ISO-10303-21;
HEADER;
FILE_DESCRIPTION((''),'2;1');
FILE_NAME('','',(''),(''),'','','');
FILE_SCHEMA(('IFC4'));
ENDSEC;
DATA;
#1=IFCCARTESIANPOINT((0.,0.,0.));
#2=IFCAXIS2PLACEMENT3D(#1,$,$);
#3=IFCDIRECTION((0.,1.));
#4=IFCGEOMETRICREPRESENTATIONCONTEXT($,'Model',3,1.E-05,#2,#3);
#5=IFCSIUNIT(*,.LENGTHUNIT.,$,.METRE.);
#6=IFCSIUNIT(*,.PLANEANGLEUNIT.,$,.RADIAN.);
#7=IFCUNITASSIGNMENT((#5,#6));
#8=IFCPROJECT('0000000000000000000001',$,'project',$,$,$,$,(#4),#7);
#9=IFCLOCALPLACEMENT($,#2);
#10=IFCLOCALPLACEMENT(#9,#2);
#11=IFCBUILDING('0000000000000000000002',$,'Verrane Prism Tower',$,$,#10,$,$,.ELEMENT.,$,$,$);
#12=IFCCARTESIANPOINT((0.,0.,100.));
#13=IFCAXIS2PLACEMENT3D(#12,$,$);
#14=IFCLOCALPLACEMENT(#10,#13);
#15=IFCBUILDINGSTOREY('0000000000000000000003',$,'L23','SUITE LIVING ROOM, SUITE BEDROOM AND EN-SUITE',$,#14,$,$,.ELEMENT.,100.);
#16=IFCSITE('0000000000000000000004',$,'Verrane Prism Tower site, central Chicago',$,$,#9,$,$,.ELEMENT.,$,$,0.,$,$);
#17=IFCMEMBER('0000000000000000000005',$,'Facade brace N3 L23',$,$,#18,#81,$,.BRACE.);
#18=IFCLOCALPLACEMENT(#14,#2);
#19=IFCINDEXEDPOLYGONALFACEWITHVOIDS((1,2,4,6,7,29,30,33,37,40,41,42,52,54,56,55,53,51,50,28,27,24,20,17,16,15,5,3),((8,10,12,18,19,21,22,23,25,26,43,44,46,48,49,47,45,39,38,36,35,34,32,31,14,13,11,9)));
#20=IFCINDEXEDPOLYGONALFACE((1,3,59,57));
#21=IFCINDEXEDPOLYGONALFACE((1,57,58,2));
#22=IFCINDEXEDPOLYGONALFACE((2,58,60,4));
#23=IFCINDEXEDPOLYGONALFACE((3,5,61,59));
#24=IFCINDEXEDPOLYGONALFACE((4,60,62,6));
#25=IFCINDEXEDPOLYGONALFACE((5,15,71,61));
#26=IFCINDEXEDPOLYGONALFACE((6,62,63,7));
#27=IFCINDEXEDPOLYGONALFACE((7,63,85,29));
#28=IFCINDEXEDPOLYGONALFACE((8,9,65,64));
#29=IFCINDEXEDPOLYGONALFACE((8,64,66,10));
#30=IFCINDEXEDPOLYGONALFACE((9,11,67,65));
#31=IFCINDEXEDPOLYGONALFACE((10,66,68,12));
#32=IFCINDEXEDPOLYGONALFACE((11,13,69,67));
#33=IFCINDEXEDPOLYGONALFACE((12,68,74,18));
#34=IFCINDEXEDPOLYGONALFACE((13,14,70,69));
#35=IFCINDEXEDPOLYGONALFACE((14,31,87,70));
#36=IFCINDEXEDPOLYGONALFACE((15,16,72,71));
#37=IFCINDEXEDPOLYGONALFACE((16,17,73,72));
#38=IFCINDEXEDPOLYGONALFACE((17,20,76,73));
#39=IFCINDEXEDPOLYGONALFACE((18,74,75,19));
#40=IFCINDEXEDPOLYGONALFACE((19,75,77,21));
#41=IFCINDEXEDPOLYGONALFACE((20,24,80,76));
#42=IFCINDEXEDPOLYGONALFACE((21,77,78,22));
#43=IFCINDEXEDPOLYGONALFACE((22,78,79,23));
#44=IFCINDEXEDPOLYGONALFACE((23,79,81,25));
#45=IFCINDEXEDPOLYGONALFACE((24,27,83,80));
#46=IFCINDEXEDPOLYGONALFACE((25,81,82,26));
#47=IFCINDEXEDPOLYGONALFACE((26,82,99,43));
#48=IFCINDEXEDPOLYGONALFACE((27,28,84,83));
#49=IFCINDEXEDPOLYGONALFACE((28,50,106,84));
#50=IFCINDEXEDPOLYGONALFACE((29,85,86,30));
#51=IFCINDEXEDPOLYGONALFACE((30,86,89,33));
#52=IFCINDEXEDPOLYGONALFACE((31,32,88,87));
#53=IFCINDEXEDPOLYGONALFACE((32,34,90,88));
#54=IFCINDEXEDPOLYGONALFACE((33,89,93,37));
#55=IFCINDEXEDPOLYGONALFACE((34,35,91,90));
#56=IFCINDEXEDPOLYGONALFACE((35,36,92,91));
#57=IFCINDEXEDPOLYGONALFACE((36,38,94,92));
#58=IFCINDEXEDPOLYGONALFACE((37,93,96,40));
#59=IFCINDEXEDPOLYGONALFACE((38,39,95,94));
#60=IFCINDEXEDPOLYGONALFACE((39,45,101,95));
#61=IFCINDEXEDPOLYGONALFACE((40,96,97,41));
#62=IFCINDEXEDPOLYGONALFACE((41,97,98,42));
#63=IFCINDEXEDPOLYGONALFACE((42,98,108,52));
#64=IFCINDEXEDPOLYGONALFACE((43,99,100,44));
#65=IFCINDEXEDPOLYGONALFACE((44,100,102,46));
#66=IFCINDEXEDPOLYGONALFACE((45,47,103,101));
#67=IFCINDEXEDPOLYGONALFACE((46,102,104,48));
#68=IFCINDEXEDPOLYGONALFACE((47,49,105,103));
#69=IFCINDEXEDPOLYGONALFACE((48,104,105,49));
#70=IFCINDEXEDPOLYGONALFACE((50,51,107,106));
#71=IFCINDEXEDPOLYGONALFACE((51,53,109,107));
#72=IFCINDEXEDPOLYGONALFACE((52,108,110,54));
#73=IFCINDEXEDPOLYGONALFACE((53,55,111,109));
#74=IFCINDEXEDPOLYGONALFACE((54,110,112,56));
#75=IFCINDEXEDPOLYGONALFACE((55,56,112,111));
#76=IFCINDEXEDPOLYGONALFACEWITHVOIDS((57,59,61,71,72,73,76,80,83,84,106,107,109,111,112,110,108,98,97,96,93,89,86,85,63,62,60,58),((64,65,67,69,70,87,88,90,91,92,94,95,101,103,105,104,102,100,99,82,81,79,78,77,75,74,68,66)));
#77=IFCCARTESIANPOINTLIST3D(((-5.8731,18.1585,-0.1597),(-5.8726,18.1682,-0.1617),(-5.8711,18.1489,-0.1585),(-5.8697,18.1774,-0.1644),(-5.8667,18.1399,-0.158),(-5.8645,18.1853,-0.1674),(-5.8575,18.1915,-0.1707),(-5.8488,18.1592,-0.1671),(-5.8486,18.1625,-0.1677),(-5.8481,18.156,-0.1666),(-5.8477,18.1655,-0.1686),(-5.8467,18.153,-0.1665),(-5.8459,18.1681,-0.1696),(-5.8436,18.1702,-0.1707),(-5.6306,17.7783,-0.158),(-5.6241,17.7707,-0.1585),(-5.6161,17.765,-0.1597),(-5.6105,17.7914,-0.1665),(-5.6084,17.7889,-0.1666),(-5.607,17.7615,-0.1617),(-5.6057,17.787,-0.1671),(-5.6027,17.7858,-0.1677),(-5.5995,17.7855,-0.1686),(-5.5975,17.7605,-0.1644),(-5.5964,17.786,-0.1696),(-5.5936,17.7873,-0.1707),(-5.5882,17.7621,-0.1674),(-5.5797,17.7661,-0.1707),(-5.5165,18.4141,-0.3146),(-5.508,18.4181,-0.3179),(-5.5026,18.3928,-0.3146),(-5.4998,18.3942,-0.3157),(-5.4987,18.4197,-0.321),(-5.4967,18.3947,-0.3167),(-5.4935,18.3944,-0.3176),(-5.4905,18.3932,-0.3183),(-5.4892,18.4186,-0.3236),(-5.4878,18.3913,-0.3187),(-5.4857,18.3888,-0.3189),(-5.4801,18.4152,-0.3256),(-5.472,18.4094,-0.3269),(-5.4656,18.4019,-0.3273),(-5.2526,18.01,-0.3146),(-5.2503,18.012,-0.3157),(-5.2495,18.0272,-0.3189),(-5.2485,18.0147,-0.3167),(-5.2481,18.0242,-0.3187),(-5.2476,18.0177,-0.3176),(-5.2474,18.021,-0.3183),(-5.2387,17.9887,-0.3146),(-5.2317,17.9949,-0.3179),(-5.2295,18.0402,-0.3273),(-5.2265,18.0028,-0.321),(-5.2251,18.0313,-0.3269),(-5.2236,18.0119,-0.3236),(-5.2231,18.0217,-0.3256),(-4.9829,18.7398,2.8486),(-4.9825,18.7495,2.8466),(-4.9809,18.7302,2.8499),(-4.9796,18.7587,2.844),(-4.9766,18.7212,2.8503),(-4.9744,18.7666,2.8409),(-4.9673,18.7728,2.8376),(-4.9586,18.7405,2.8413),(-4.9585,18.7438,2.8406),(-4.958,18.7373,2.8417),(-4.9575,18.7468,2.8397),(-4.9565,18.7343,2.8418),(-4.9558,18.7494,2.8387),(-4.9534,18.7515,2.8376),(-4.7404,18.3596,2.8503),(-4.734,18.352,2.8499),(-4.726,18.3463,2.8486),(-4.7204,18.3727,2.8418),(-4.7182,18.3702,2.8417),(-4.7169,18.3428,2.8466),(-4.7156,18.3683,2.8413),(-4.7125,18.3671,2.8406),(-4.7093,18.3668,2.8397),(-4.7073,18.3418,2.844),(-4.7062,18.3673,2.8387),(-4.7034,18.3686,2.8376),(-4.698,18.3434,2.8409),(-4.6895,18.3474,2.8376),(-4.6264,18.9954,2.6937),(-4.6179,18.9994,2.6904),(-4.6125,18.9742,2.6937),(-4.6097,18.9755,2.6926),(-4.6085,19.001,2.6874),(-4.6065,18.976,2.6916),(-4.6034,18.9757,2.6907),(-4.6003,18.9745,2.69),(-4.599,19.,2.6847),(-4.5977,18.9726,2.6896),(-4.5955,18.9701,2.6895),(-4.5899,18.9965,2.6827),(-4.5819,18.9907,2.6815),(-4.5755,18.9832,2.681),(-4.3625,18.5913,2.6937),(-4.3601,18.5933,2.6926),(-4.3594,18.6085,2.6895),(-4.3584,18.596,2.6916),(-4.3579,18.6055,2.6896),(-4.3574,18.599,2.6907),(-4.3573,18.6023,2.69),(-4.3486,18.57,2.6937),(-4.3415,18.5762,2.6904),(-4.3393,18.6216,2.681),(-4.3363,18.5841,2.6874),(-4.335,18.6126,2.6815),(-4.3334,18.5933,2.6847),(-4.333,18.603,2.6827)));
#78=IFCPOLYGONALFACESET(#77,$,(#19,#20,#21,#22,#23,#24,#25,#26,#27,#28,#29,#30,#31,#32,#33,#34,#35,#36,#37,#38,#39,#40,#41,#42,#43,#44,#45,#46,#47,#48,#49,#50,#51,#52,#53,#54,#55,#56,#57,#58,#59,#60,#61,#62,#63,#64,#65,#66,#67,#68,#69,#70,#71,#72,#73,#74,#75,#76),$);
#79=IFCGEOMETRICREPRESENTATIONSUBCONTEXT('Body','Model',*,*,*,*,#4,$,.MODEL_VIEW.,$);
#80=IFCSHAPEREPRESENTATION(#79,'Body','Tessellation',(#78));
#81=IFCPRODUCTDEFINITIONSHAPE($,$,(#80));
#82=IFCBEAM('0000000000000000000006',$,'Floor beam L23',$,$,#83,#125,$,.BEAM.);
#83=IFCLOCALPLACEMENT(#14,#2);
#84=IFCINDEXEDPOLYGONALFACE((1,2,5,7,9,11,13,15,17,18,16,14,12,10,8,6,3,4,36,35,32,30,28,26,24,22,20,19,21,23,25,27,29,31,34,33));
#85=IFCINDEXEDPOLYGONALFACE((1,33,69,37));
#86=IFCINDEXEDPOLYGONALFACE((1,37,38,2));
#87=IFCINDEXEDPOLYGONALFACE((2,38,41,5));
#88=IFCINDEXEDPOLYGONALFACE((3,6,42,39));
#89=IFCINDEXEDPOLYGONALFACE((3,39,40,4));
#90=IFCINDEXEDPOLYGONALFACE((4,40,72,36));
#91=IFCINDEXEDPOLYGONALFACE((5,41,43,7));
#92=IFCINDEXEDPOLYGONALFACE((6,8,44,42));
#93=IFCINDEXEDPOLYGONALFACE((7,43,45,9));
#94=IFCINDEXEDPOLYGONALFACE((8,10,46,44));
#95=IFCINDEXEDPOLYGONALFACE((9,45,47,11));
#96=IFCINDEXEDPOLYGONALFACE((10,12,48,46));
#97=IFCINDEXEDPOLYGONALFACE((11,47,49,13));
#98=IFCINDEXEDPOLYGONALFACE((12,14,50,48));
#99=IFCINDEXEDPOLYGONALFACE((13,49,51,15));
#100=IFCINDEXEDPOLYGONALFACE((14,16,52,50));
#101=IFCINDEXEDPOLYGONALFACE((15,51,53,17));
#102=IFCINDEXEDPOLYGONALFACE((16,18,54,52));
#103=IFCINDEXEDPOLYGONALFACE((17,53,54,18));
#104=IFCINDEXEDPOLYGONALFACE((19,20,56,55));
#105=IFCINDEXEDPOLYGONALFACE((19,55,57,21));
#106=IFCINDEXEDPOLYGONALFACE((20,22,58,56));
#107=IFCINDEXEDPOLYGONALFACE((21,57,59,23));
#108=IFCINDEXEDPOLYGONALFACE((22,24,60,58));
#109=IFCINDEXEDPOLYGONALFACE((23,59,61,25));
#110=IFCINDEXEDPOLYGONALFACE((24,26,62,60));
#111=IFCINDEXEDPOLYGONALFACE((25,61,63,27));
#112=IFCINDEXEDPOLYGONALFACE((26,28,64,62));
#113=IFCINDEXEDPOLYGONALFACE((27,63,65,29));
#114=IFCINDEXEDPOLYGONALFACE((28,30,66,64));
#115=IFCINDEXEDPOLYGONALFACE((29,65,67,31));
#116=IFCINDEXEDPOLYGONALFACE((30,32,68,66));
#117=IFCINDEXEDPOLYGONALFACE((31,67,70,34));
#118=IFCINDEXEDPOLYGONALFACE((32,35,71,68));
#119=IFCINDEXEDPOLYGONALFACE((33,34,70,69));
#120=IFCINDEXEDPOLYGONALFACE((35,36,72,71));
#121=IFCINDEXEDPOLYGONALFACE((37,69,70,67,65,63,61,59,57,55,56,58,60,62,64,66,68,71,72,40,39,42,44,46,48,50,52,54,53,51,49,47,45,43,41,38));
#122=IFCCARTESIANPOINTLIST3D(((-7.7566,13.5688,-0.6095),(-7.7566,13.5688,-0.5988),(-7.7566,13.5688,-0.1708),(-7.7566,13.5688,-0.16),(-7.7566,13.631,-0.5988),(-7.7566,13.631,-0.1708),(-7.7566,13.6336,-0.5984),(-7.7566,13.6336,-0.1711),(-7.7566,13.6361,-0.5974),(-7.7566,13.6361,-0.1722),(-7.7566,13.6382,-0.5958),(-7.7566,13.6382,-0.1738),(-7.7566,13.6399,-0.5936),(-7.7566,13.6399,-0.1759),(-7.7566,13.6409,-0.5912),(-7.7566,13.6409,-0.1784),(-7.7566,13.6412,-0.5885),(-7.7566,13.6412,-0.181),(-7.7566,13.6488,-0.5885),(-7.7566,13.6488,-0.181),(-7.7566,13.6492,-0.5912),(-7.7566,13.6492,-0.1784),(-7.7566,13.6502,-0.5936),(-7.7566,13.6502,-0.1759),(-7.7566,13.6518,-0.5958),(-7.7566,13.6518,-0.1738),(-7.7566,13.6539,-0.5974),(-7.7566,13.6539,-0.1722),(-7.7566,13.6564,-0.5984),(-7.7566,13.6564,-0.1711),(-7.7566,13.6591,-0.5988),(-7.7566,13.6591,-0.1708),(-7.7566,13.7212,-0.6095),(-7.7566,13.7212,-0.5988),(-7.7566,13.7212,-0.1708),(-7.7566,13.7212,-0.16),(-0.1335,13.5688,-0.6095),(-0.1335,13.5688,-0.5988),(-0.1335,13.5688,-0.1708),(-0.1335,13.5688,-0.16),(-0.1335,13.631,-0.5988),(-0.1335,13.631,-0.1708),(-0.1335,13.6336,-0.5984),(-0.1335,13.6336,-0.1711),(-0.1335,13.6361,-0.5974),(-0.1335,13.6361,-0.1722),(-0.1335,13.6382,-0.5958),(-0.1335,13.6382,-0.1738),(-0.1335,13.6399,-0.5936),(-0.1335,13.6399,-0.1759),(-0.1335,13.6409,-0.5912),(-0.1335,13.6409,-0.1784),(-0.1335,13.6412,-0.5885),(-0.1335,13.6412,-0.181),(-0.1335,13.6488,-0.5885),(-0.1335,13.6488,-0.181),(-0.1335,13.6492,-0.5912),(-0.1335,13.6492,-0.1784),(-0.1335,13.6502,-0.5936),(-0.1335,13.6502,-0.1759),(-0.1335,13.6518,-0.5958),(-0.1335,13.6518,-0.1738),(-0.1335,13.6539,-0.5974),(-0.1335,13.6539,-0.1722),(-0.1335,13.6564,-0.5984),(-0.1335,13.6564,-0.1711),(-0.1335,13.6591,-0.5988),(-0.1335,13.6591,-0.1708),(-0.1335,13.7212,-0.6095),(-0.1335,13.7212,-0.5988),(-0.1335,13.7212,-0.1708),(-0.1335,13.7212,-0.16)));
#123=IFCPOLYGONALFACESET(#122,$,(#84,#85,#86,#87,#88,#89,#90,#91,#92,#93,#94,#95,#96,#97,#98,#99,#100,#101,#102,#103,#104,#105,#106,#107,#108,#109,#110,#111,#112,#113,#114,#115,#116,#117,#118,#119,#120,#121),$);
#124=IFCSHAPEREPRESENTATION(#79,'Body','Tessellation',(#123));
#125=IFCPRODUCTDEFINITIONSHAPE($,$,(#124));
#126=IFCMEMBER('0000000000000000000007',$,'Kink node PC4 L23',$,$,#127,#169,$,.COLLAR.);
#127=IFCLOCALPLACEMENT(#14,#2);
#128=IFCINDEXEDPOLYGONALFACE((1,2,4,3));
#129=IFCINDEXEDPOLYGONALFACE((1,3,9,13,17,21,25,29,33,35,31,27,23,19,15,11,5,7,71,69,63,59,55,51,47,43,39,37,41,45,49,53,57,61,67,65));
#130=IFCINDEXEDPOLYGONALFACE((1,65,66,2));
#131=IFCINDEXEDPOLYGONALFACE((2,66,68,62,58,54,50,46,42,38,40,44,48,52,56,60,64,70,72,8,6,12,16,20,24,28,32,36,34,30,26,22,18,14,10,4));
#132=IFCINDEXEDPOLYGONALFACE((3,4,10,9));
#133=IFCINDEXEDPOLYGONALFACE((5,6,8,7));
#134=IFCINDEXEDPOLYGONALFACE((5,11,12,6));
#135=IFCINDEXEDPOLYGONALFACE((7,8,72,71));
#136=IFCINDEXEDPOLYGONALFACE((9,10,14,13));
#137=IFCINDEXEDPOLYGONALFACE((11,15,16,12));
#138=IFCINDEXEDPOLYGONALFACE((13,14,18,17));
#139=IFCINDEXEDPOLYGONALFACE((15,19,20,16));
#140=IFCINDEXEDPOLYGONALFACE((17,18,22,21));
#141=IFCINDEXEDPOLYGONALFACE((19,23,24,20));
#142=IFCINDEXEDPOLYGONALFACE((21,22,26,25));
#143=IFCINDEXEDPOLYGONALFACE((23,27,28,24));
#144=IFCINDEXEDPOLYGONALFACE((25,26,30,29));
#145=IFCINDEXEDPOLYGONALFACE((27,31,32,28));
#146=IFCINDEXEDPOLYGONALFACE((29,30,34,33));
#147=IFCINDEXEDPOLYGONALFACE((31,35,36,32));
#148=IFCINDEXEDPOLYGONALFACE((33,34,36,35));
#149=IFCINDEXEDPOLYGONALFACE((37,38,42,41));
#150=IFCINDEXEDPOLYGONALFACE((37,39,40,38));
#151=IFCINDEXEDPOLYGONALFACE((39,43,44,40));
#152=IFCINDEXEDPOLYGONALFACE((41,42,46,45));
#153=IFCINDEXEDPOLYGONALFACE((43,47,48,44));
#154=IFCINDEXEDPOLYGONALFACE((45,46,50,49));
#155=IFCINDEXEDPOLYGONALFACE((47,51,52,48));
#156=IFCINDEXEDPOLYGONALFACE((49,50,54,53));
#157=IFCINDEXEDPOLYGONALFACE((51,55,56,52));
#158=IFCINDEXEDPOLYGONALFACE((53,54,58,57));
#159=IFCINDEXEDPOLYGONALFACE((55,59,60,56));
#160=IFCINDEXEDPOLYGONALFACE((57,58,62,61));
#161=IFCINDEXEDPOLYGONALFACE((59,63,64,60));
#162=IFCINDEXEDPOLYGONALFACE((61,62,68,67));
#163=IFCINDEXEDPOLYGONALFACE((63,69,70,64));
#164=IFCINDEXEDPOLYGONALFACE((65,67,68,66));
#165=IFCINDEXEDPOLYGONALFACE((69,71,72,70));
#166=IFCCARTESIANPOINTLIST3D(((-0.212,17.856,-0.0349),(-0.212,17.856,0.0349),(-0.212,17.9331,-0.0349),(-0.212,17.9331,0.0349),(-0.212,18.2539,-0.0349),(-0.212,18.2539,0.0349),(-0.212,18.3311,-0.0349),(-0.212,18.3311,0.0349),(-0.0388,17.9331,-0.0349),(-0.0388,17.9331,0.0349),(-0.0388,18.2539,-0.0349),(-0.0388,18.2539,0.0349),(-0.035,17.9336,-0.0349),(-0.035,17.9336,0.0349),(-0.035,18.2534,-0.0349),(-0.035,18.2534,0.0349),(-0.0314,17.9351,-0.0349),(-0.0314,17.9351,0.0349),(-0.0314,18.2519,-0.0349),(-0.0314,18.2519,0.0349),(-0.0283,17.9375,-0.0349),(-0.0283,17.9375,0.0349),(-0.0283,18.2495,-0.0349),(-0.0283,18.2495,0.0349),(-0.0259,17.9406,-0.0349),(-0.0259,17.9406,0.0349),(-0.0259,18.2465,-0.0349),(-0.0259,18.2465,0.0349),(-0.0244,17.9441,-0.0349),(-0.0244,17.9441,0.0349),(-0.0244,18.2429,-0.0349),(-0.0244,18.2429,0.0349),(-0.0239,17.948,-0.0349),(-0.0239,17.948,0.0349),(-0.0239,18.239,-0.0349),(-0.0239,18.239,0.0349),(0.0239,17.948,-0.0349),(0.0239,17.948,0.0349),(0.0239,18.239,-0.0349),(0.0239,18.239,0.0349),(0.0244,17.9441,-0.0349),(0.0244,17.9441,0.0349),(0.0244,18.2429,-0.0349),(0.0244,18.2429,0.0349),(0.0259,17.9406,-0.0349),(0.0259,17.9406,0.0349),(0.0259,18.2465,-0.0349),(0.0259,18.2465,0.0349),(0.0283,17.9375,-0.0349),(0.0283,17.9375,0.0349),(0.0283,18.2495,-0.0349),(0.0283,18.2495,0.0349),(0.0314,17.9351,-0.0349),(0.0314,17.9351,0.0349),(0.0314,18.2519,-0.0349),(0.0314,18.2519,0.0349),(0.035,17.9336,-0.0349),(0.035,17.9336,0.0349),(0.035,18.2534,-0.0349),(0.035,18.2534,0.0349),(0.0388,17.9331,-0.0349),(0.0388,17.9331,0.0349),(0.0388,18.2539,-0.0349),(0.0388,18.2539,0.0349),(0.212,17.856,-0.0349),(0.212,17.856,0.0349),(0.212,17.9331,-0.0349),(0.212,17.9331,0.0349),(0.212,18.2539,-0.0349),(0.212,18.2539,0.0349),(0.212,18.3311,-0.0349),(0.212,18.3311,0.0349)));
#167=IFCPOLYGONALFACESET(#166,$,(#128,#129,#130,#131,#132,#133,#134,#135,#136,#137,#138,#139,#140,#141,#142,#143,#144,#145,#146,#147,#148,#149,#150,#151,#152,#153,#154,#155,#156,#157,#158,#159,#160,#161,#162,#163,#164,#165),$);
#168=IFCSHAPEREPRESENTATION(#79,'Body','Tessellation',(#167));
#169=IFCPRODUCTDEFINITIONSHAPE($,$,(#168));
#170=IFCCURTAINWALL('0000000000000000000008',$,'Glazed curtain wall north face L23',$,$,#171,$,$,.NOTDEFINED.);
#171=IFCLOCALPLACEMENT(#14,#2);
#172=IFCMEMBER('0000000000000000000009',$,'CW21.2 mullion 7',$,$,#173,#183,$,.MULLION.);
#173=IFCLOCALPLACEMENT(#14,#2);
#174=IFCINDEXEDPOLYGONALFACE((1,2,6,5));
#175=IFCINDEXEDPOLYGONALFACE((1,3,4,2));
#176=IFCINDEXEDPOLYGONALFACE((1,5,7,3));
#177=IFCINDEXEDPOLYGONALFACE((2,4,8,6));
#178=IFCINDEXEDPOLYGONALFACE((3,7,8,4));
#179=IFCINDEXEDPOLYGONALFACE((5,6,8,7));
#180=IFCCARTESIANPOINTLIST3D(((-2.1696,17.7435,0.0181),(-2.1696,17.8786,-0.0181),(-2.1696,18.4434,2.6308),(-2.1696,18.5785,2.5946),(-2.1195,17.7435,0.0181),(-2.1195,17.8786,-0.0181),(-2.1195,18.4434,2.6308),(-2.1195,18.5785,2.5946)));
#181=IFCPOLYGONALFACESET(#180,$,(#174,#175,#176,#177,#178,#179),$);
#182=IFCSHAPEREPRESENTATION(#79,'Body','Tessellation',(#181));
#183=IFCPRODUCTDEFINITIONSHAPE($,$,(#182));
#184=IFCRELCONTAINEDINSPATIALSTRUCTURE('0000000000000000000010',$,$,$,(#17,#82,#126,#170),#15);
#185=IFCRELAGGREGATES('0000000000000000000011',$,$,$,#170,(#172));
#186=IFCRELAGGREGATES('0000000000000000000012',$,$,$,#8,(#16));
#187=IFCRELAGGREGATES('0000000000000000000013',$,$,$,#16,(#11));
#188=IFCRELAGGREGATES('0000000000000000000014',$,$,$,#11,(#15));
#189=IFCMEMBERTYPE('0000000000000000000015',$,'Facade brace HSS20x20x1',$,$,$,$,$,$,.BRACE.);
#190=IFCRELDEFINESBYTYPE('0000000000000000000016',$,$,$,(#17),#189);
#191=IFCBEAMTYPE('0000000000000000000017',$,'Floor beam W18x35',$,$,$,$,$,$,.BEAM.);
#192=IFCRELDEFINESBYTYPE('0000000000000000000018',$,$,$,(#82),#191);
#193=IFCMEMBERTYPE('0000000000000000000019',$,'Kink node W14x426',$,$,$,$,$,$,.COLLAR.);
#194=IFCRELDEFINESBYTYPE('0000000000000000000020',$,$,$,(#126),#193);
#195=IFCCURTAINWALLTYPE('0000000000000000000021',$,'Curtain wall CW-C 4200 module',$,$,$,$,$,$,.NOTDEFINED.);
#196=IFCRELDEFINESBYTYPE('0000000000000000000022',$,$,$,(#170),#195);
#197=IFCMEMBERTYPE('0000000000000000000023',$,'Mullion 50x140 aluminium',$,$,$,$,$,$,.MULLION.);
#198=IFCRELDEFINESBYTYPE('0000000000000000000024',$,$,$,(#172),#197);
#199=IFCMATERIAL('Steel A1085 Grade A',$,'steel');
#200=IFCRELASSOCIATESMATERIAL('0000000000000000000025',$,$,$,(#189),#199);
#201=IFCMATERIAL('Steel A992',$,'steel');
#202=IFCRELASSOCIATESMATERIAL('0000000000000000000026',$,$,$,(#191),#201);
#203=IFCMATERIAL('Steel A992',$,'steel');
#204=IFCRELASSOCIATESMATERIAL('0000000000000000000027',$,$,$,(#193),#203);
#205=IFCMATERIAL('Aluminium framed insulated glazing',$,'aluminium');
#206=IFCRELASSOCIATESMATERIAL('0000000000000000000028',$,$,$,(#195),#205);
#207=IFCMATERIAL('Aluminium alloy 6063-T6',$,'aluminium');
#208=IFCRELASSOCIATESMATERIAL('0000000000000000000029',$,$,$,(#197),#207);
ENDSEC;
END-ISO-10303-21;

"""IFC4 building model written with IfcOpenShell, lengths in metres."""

from ifc_helpers import new_model, si_unit, direction, frame, origin, origin_2d, place, context, subcontext, project, spatial, rectangle, hollow_rectangle, i_section, extrude, material, material_profile, profile_set, type_object, element, aggregate, save


model = new_model("IFC4")

# Units and contexts
model_context = context("Model", 3, precision=1e-05, world=origin(), true_north=direction((0.0, 1.0)))
body_context = subcontext(model_context, "Body", "Model", "MODEL_VIEW")
ifc_project = project(units=[si_unit("LENGTHUNIT", "METRE"), si_unit("PLANEANGLEUNIT", "RADIAN")], contexts=[model_context])

# Site, building, storey
site_placement = place(None, origin())
site = spatial("IfcSite", under=ifc_project, at=site_placement, Name="Verrane Prism Tower site, central Chicago", CompositionType="ELEMENT", RefElevation=0.0)
building_placement = place(site_placement, origin())
building = spatial("IfcBuilding", under=site, at=building_placement, Name="Verrane Prism Tower", CompositionType="ELEMENT")
storey_placement = place(building_placement, frame((0.0, 0.0, 100.0)))
storey = spatial("IfcBuildingStorey", under=building, at=storey_placement, Name="L23", Description="SUITE LIVING ROOM, SUITE BEDROOM AND EN-SUITE", CompositionType="ELEMENT", Elevation=100.0)

# Member
ifc_material_1 = material(Name="Steel A1085 Grade A", Category="steel")
ifc_material_profile_1 = material_profile(ifc_material_1, hollow_rectangle(XDim=0.5081, YDim=0.5081, WallThickness=0.0254, InnerFilletRadius=0.0127, OuterFilletRadius=0.0381, at=origin_2d()), Name="HSS20x20x1")
ifc_profile_set_1 = profile_set([ifc_material_profile_1], Name="Steel A1085 Grade A")
member_type_1 = type_object("IfcMemberType", Name="Facade brace HSS20x20x1", PredefinedType="BRACE", material=ifc_profile_set_1)
member_1_placement = place(storey_placement, frame((-5.5481, 18.0901, -0.2427), z_axis=(0.278985, 0.182189, 0.942855), x_axis=(-0.546779, 0.837277, 0.0)))
element("IfcMember", 1, at=member_1_placement, inside=storey, type_object=member_type_1, Name="Facade brace N3 L23", PredefinedType="BRACE", context=body_context, shape_type="SweptSolid", body=[
    extrude(hollow_rectangle(XDim=0.5081, YDim=0.5081, WallThickness=0.0254, InnerFilletRadius=0.0127, OuterFilletRadius=0.0381, at=origin_2d()), origin(), (0.0, 0.0, 1.0), 3.1907),
])

# Beam
ifc_material_2 = material(Name="Steel A992", Category="steel")
ifc_material_profile_2 = material_profile(ifc_material_2, i_section(OverallWidth=0.1523, OverallDepth=0.4495, WebThickness=0.0076, FlangeThickness=0.0107, FilletRadius=0.0103, at=origin_2d()), Name="W18x35")
ifc_profile_set_2 = profile_set([ifc_material_profile_2], Name="Steel A992")
beam_type_1 = type_object("IfcBeamType", Name="Floor beam W18x35", PredefinedType="BEAM", material=ifc_profile_set_2)
beam_1_placement = place(storey_placement, frame((-7.7566, 13.645, -0.3848), z_axis=(1.0, 0.0, 0.0), x_axis=(0.0, 1.0, 0.0)))
element("IfcBeam", 2, at=beam_1_placement, inside=storey, type_object=beam_type_1, Name="Floor beam L23", PredefinedType="BEAM", context=body_context, shape_type="SweptSolid", body=[
    extrude(i_section(OverallWidth=0.1523, OverallDepth=0.4495, WebThickness=0.0076, FlangeThickness=0.0107, FilletRadius=0.0103, at=origin_2d()), origin(), (0.0, 0.0, 1.0), 7.623),
])

# Member
ifc_material_3 = material(Name="Steel A992", Category="steel")
ifc_material_profile_3 = material_profile(ifc_material_3, i_section(OverallWidth=0.4241, OverallDepth=0.4751, WebThickness=0.0479, FlangeThickness=0.0771, FilletRadius=0.0149, at=origin_2d()), Name="W14x426")
ifc_profile_set_3 = profile_set([ifc_material_profile_3], Name="Steel A992")
member_type_2 = type_object("IfcMemberType", Name="Kink node W14x426", PredefinedType="COLLAR", material=ifc_profile_set_3)
member_2_placement = place(storey_placement, frame((0.0, 18.0935, -0.0349), z_axis=(0.0, 0.0, 1.0), x_axis=(1.0, 0.0, 0.0)))
element("IfcMember", 3, at=member_2_placement, inside=storey, type_object=member_type_2, Name="Kink node PC4 L23", PredefinedType="COLLAR", context=body_context, shape_type="SweptSolid", body=[
    extrude(i_section(OverallWidth=0.4241, OverallDepth=0.4751, WebThickness=0.0479, FlangeThickness=0.0771, FilletRadius=0.0149, at=origin_2d()), origin(), (0.0, 0.0, 1.0), 0.0698),
])

# Curtain wall, member
ifc_material_4 = material(Name="Aluminium framed insulated glazing", Category="aluminium")
curtain_wall_type = type_object("IfcCurtainWallType", Name="Curtain wall CW-C 4200 module", PredefinedType="NOTDEFINED", material=ifc_material_4)
curtain_wall_placement = place(storey_placement, origin())
curtain_wall = element("IfcCurtainWall", 4, at=curtain_wall_placement, inside=storey, type_object=curtain_wall_type, Name="Glazed curtain wall north face L23", PredefinedType="NOTDEFINED")
ifc_material_5 = material(Name="Aluminium alloy 6063-T6", Category="aluminium")
ifc_material_profile_4 = material_profile(ifc_material_5, rectangle(XDim=0.1399, YDim=0.05, at=origin_2d()), Name="Mullion 50x140 aluminium")
ifc_profile_set_4 = profile_set([ifc_material_profile_4], Name="Aluminium alloy 6063-T6")
member_type_3 = type_object("IfcMemberType", Name="Mullion 50x140 aluminium", PredefinedType="MULLION", material=ifc_profile_set_4)
member_3_placement = place(storey_placement, frame((-2.1445, 17.811, 0.0), z_axis=(0.0, 0.258769, 0.965939), x_axis=(0.0, 0.965939, -0.258769)))
member_3 = element("IfcMember", 5, at=member_3_placement, type_object=member_type_3, Name="CW21.2 mullion 7", PredefinedType="MULLION", context=body_context, shape_type="SweptSolid", body=[
    extrude(rectangle(XDim=0.1399, YDim=0.05, at=origin_2d()), origin(), (0.0, 0.0, 1.0), 2.7048),
])

aggregate(curtain_wall, [member_3])

save(model, "model.ifc")
